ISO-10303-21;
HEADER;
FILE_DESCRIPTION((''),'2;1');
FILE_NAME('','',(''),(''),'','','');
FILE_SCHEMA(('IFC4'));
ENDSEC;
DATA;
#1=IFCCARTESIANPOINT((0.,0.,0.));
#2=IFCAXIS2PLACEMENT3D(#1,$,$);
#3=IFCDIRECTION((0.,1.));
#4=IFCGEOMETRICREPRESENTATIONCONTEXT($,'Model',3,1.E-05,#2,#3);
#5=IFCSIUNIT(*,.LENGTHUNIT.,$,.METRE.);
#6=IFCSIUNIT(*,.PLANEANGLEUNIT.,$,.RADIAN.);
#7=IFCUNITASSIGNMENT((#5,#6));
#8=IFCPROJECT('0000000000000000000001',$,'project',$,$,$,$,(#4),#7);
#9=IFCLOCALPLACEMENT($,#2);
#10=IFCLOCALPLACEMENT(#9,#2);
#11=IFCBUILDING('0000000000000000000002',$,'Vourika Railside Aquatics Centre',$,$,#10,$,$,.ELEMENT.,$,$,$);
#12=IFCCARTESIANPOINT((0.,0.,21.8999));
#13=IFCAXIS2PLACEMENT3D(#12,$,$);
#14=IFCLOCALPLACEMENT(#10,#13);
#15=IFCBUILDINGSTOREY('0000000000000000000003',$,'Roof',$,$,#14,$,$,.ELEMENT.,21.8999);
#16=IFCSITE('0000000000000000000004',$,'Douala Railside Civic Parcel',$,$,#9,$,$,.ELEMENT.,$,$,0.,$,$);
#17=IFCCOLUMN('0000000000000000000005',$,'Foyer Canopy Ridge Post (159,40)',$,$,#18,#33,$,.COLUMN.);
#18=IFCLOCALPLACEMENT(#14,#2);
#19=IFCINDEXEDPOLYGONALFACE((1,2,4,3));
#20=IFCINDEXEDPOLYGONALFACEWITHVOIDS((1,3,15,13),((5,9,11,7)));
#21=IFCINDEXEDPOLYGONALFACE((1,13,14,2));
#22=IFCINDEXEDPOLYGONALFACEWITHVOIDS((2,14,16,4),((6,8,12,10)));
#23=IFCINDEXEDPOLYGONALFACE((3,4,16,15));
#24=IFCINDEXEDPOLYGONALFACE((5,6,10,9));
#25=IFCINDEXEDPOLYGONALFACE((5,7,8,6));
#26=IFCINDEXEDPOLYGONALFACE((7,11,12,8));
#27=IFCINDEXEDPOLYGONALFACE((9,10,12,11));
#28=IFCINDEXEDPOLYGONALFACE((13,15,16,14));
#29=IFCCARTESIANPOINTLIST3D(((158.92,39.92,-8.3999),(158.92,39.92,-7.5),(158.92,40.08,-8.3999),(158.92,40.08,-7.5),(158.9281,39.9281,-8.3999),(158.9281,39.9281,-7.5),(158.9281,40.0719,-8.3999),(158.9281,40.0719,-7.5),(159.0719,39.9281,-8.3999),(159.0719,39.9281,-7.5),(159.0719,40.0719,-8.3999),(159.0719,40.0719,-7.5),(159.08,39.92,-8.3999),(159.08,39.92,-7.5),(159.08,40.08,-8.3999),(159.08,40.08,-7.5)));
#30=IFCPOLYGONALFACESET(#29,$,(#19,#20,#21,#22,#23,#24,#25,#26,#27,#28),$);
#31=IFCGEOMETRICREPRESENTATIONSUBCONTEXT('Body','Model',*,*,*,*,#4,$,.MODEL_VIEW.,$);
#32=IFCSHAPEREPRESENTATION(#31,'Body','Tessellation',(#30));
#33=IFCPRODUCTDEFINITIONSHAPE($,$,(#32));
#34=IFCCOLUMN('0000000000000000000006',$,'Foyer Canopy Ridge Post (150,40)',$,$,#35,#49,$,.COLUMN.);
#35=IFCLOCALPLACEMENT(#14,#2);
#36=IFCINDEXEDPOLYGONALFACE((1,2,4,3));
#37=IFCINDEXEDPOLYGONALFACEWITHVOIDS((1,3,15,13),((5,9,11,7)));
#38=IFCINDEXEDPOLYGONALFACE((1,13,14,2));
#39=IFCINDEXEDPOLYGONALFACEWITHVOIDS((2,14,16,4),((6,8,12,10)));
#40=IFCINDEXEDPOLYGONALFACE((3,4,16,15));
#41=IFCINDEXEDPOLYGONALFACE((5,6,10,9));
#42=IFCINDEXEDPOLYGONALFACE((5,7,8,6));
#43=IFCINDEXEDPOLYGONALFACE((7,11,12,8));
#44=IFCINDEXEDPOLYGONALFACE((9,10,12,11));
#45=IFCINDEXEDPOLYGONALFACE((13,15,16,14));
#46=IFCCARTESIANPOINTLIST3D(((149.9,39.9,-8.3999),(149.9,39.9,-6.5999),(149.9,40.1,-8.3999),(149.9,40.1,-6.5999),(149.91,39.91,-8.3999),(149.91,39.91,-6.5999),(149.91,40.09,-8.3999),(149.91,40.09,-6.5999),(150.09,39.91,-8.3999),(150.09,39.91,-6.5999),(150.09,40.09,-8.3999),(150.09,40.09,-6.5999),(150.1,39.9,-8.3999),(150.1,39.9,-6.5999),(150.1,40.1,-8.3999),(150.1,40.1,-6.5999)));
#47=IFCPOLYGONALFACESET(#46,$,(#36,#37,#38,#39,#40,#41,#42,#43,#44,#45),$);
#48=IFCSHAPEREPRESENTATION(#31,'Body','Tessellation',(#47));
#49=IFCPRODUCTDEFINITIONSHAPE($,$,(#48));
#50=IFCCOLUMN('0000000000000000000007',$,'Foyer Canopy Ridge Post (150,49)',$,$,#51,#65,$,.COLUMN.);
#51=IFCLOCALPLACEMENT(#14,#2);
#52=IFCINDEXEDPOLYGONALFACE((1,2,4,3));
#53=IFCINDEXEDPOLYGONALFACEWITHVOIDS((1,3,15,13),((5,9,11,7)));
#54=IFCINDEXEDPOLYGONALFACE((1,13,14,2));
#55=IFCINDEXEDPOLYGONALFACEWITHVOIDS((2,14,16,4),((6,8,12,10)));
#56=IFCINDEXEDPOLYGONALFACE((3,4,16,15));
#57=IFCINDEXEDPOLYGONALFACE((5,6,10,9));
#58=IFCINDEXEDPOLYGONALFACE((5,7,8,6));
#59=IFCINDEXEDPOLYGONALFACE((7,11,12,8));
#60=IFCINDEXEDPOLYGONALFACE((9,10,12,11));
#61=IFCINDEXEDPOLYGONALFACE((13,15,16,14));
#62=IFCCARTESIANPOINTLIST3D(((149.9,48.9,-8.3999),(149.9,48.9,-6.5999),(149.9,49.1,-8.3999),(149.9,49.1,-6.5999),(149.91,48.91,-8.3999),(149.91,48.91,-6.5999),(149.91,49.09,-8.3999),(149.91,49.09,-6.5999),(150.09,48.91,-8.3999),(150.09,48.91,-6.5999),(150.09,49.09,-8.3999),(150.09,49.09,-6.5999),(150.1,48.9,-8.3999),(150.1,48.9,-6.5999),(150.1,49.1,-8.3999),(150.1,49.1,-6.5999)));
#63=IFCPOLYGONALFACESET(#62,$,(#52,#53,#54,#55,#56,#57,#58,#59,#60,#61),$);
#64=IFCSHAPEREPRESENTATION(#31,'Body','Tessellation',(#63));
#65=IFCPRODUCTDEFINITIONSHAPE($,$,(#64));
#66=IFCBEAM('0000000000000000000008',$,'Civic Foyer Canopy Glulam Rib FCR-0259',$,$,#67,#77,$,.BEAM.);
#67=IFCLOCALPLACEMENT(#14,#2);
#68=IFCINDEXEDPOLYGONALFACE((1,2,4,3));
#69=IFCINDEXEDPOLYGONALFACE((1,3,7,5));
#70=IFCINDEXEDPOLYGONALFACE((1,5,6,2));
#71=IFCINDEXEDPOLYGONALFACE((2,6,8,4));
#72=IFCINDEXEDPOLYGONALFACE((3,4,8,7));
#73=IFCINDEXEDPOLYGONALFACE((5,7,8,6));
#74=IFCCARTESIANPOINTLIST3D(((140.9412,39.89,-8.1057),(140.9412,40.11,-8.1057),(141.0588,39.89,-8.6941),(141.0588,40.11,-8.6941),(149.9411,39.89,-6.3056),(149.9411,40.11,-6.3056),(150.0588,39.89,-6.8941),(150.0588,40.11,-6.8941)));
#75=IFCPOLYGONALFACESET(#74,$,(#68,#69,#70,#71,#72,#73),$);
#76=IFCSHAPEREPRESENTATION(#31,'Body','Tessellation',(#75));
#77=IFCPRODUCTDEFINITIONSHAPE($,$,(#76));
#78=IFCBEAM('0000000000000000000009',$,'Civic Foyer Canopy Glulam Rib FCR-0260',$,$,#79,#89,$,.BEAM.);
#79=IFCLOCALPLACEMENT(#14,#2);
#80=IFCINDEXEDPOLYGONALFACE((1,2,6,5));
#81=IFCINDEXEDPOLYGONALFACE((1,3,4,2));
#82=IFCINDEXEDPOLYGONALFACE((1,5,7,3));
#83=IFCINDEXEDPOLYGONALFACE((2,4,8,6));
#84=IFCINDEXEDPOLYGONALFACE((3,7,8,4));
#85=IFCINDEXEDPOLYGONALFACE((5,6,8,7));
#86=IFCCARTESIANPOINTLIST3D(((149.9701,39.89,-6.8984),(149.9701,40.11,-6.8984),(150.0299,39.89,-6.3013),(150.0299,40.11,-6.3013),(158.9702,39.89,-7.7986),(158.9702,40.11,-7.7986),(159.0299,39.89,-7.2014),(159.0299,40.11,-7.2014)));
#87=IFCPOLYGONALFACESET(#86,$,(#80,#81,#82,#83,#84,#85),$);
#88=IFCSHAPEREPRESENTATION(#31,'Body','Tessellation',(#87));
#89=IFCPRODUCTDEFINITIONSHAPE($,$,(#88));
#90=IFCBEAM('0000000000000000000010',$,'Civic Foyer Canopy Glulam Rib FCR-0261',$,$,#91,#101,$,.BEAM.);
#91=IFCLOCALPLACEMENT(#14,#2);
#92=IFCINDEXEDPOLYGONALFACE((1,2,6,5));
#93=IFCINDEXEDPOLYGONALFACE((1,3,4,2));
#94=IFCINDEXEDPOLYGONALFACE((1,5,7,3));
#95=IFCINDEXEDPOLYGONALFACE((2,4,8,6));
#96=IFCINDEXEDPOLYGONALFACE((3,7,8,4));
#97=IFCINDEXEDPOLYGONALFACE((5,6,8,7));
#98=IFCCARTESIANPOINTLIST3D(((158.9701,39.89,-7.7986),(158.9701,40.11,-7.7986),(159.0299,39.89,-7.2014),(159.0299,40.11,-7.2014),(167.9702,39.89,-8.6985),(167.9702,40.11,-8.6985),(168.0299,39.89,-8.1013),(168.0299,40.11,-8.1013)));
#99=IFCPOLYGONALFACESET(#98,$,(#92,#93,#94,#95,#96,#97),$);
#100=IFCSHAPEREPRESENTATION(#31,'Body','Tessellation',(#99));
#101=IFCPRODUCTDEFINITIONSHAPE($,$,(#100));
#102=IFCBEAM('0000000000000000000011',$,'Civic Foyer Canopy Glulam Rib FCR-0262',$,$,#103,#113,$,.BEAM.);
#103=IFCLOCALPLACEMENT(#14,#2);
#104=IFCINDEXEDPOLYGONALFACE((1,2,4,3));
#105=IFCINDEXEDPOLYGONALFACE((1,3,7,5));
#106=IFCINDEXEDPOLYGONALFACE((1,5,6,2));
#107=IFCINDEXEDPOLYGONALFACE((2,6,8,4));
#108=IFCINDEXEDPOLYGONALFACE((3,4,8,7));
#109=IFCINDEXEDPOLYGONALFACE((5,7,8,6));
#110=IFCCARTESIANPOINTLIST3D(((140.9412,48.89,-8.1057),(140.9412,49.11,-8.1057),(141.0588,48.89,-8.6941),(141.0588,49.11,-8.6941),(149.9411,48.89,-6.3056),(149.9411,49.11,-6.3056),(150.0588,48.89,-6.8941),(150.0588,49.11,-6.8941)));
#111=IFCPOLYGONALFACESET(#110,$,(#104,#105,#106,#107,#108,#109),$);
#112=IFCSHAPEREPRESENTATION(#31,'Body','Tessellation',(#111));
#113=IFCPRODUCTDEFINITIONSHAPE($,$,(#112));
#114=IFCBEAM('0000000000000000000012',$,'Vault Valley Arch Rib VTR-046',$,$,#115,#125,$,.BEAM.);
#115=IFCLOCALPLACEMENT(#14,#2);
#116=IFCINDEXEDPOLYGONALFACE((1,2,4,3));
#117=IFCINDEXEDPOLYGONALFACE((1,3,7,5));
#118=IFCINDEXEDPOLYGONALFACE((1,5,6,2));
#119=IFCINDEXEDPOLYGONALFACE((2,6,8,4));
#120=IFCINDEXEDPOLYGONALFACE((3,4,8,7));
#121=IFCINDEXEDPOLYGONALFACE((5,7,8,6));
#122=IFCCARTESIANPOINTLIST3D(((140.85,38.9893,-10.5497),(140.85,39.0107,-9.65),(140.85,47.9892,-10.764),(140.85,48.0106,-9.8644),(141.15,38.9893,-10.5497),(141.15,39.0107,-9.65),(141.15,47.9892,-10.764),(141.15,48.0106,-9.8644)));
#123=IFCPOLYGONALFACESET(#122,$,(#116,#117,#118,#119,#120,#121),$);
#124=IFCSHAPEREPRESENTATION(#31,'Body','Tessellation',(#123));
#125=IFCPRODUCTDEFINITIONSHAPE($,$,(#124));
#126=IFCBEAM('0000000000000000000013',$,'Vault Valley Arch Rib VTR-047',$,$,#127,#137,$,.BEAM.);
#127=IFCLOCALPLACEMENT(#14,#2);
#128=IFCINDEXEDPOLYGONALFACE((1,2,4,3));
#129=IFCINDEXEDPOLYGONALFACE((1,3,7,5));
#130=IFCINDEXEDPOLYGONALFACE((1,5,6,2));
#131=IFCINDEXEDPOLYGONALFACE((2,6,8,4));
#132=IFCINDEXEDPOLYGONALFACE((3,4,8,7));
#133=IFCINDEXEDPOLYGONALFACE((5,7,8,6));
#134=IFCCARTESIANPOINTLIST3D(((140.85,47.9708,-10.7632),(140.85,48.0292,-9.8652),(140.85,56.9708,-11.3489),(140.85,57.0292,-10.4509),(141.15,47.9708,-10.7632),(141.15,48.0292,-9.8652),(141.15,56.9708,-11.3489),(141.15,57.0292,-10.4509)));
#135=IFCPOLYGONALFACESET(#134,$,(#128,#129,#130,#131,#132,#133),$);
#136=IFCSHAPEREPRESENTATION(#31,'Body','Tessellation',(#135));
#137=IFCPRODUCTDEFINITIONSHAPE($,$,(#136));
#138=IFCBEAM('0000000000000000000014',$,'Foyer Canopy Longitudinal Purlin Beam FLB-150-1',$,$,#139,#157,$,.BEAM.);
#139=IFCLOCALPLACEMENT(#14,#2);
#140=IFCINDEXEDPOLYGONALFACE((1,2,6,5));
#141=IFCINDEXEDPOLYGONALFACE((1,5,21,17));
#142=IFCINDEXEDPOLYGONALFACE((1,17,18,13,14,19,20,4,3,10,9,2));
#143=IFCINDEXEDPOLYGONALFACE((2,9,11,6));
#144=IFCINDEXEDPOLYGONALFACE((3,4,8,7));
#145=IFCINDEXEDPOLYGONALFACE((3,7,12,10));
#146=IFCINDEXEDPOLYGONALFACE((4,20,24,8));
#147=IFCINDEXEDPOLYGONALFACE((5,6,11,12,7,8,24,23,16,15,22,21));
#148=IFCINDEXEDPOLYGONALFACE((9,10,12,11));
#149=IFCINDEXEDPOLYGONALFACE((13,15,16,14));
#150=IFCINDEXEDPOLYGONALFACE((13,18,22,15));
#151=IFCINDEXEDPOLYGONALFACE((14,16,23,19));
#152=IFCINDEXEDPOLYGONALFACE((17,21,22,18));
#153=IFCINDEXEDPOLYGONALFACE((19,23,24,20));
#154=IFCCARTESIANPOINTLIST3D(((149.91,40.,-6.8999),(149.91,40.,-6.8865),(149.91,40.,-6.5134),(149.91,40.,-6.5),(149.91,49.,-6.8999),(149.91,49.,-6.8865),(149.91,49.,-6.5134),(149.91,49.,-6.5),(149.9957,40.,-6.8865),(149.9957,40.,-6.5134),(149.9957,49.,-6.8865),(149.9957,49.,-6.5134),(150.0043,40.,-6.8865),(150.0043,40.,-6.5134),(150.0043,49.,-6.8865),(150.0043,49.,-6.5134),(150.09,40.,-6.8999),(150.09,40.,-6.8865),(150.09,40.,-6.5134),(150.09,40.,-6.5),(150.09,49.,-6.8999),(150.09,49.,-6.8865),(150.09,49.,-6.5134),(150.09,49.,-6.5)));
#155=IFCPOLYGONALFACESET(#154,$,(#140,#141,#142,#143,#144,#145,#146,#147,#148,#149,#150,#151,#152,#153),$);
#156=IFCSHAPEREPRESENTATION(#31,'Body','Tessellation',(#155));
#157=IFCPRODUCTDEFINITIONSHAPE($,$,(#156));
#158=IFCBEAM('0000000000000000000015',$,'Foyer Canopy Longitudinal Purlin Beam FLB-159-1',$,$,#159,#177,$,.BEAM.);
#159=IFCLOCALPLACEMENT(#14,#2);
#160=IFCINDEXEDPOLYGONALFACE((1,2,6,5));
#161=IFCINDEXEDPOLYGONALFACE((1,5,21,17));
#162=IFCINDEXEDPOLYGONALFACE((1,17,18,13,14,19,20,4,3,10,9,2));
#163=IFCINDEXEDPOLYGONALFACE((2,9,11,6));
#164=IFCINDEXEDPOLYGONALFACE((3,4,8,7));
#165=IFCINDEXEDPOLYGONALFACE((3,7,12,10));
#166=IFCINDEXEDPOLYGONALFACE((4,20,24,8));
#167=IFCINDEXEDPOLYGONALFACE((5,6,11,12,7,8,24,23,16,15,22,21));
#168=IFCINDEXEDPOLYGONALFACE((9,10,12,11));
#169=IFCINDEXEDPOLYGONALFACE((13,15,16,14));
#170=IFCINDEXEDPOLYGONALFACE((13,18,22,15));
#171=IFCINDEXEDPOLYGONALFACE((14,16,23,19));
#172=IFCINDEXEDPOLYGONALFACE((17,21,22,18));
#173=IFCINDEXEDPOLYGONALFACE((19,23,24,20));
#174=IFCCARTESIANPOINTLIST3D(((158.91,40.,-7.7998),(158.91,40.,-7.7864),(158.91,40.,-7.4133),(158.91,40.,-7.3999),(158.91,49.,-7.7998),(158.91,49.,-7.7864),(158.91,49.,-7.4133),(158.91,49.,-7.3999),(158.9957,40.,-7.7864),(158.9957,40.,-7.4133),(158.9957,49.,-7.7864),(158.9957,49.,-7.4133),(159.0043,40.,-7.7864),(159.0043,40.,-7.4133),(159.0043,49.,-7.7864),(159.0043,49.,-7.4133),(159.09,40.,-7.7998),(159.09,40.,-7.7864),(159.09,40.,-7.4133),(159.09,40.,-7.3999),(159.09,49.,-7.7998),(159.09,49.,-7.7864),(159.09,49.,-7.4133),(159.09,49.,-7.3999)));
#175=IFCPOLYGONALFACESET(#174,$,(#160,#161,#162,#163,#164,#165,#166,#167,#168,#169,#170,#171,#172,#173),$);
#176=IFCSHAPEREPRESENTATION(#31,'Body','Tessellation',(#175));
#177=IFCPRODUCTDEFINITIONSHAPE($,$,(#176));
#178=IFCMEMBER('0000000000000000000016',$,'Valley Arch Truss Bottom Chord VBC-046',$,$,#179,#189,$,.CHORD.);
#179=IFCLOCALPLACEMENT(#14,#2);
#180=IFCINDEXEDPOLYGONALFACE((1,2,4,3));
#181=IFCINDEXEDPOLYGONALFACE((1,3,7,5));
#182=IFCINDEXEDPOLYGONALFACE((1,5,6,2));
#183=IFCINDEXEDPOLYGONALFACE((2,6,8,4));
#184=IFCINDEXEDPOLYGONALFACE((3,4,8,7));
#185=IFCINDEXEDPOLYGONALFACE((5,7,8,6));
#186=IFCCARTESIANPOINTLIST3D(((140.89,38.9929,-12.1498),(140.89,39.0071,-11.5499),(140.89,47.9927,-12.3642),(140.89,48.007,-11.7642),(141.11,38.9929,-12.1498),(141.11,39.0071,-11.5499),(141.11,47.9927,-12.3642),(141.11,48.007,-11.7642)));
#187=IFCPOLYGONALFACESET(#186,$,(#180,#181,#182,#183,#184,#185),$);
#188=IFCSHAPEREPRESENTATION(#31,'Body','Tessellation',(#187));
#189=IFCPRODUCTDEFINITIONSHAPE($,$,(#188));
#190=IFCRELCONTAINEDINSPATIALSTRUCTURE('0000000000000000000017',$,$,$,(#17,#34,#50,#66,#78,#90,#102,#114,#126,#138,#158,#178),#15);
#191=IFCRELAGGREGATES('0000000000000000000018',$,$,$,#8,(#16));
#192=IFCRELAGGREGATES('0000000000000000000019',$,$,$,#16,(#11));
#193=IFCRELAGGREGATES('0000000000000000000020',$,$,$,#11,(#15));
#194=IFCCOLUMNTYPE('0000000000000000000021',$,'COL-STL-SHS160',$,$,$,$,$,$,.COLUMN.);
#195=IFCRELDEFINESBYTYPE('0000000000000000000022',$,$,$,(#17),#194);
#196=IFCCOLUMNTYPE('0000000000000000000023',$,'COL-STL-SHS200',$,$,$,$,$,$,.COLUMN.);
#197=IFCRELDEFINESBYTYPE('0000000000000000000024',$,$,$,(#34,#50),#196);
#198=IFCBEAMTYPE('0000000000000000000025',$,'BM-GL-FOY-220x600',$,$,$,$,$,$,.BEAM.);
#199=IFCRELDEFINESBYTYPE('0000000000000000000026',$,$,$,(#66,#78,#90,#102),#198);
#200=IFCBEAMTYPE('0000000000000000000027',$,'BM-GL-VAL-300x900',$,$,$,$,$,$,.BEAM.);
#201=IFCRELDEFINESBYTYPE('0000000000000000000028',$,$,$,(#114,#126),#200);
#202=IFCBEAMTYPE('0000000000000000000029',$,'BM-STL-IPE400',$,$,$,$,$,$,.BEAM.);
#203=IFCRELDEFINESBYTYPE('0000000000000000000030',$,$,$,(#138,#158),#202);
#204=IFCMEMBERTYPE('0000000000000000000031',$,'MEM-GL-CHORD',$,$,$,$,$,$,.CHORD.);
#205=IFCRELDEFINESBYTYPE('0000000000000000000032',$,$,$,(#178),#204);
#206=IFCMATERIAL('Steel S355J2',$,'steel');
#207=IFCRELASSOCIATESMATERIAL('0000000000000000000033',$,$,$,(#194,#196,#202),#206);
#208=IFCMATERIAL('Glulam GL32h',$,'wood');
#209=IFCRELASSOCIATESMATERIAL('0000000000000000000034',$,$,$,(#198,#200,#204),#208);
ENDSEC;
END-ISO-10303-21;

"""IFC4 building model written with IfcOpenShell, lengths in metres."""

from ifc_helpers import new_model, si_unit, direction, frame, origin, origin_2d, place, context, subcontext, project, spatial, rectangle, hollow_rectangle, i_section, extrude, material, material_profile, profile_set, type_object, element, save


model = new_model("IFC4")

# Units and contexts
model_context = context("Model", 3, precision=1e-05, world=origin(), true_north=direction((0.0, 1.0)))
body_context = subcontext(model_context, "Body", "Model", "MODEL_VIEW")
ifc_project = project(units=[si_unit("LENGTHUNIT", "METRE"), si_unit("PLANEANGLEUNIT", "RADIAN")], contexts=[model_context])

# Site, building, storey
site_placement = place(None, origin())
site = spatial("IfcSite", under=ifc_project, at=site_placement, Name="Douala Railside Civic Parcel", CompositionType="ELEMENT", RefElevation=0.0)
building_placement = place(site_placement, origin())
building = spatial("IfcBuilding", under=site, at=building_placement, Name="Vourika Railside Aquatics Centre", CompositionType="ELEMENT")
storey_placement = place(building_placement, frame((0.0, 0.0, 21.8999)))
storey = spatial("IfcBuildingStorey", under=building, at=storey_placement, Name="Roof", CompositionType="ELEMENT", Elevation=21.8999)

# Columns
ifc_material_1 = material(Name="Steel S355J2", Category="steel")
ifc_material_profile_1 = material_profile(ifc_material_1, hollow_rectangle(XDim=0.1599, YDim=0.1599, WallThickness=0.0081, at=origin_2d()), Name="SHS 160x160x8")
ifc_profile_set_1 = profile_set([ifc_material_profile_1], Name="Steel S355J2")
column_type_1 = type_object("IfcColumnType", Name="COL-STL-SHS160", PredefinedType="COLUMN", material=ifc_profile_set_1)
column_placement = place(storey_placement, frame((159.0, 40.0, -8.3999), z_axis=(0.0, 0.0, 1.0), x_axis=(1.0, 0.0, 0.0)))
element("IfcColumn", 1, at=column_placement, inside=storey, type_object=column_type_1, Name="Foyer Canopy Ridge Post (159,40)", PredefinedType="COLUMN", context=body_context, shape_type="SweptSolid", body=[
    extrude(hollow_rectangle(XDim=0.1599, YDim=0.1599, WallThickness=0.0081, at=origin_2d()), origin(), (0.0, 0.0, 1.0), 0.8999),
])
ifc_material_profile_2 = material_profile(ifc_material_1, hollow_rectangle(XDim=0.2, YDim=0.2, WallThickness=0.01, at=origin_2d()), Name="SHS 200x200x10")
ifc_profile_set_2 = profile_set([ifc_material_profile_2], Name="Steel S355J2")
column_type_2 = type_object("IfcColumnType", Name="COL-STL-SHS200", PredefinedType="COLUMN", material=ifc_profile_set_2)
for number, where, z_axis, x_axis, name in (
    (2, (150.0, 40.0, -8.3999), (0.0, 0.0, 1.0), (1.0, 0.0, 0.0), "Foyer Canopy Ridge Post (150,40)"),
    (3, (150.0, 49.0, -8.3999), (0.0, 0.0, 1.0), (1.0, 0.0, 0.0), "Foyer Canopy Ridge Post (150,49)"),
):
    element("IfcColumn", number, at=place(storey_placement, frame(where, z_axis=z_axis, x_axis=x_axis)), inside=storey, type_object=column_type_2, Name=name, PredefinedType="COLUMN", context=body_context, shape_type="SweptSolid", body=[
        extrude(hollow_rectangle(XDim=0.2, YDim=0.2, WallThickness=0.01, at=origin_2d()), origin(), (0.0, 0.0, 1.0), 1.8),
    ])

# Beams
ifc_material_2 = material(Name="Glulam GL32h", Category="wood")
ifc_material_profile_3 = material_profile(ifc_material_2, rectangle(XDim=0.22, YDim=0.6001, at=origin_2d()), Name="GL32h 220x600")
ifc_profile_set_3 = profile_set([ifc_material_profile_3], Name="Glulam GL32h")
beam_type_1 = type_object("IfcBeamType", Name="BM-GL-FOY-220x600", PredefinedType="BEAM", material=ifc_profile_set_3)
beam_1_placement = place(storey_placement, frame((141.0, 40.0, -8.3999), z_axis=(0.98058, 0.0, 0.196121), x_axis=(0.0, 1.0, 0.0)))
element("IfcBeam", 4, at=beam_1_placement, inside=storey, type_object=beam_type_1, Name="Civic Foyer Canopy Glulam Rib FCR-0259", PredefinedType="BEAM", context=body_context, shape_type="SweptSolid", body=[
    extrude(rectangle(XDim=0.22, YDim=0.6001, at=origin_2d()), origin(), (0.0, 0.0, 1.0), 9.1782),
])
for number, where, z_axis, x_axis, name in (
    (5, (150.0, 40.0, -6.5999), (0.995036, 0.0, -0.09952), (0.0, 1.0, 0.0), "Civic Foyer Canopy Glulam Rib FCR-0260"),
    (6, (159.0, 40.0, -7.5), (0.995038, 0.0, -0.099493), (0.0, 1.0, 0.0), "Civic Foyer Canopy Glulam Rib FCR-0261"),
):
    element("IfcBeam", number, at=place(storey_placement, frame(where, z_axis=z_axis, x_axis=x_axis)), inside=storey, type_object=beam_type_1, Name=name, PredefinedType="BEAM", context=body_context, shape_type="SweptSolid", body=[
        extrude(rectangle(XDim=0.22, YDim=0.6001, at=origin_2d()), origin(), (0.0, 0.0, 1.0), 9.0449),
    ])
beam_2_placement = place(storey_placement, frame((141.0, 49.0, -8.3999), z_axis=(0.98058, 0.0, 0.196121), x_axis=(0.0, 1.0, 0.0)))
element("IfcBeam", 7, at=beam_2_placement, inside=storey, type_object=beam_type_1, Name="Civic Foyer Canopy Glulam Rib FCR-0262", PredefinedType="BEAM", context=body_context, shape_type="SweptSolid", body=[
    extrude(rectangle(XDim=0.22, YDim=0.6001, at=origin_2d()), origin(), (0.0, 0.0, 1.0), 9.1782),
])
ifc_material_profile_4 = material_profile(ifc_material_2, rectangle(XDim=0.3, YDim=0.8999, at=origin_2d()), Name="GL32h 300x900")
ifc_profile_set_4 = profile_set([ifc_material_profile_4], Name="Glulam GL32h")
beam_type_2 = type_object("IfcBeamType", Name="BM-GL-VAL-300x900", PredefinedType="BEAM", material=ifc_profile_set_4)
beam_3_placement = place(storey_placement, frame((141.0, 39.0, -10.0999), z_axis=(0.0, 0.999716, -0.023811), x_axis=(-1.0, 0.0, 0.0)))
element("IfcBeam", 8, at=beam_3_placement, inside=storey, type_object=beam_type_2, Name="Vault Valley Arch Rib VTR-046", PredefinedType="BEAM", context=body_context, shape_type="SweptSolid", body=[
    extrude(rectangle(XDim=0.3, YDim=0.8999, at=origin_2d()), origin(), (0.0, 0.0, 1.0), 9.0024),
])
beam_4_placement = place(storey_placement, frame((141.0, 48.0, -10.3142), z_axis=(0.0, 0.997889, -0.06494), x_axis=(-1.0, 0.0, 0.0)))
element("IfcBeam", 9, at=beam_4_placement, inside=storey, type_object=beam_type_2, Name="Vault Valley Arch Rib VTR-047", PredefinedType="BEAM", context=body_context, shape_type="SweptSolid", body=[
    extrude(rectangle(XDim=0.3, YDim=0.8999, at=origin_2d()), origin(), (0.0, 0.0, 1.0), 9.019),
])
ifc_material_profile_5 = material_profile(ifc_material_1, i_section(OverallWidth=0.1799, OverallDepth=0.3999, WebThickness=0.0085, FlangeThickness=0.0134, at=origin_2d()), Name="IPE 400")
ifc_profile_set_5 = profile_set([ifc_material_profile_5], Name="Steel S355J2")
beam_type_3 = type_object("IfcBeamType", Name="BM-STL-IPE400", PredefinedType="BEAM", material=ifc_profile_set_5)
for number, where, z_axis, x_axis, name in (
    (10, (150.0, 40.0, -6.7), (0.0, 1.0, 0.0), (-1.0, 0.0, 0.0), "Foyer Canopy Longitudinal Purlin Beam FLB-150-1"),
    (11, (159.0, 40.0, -7.5999), (0.0, 1.0, 0.0), (-1.0, 0.0, 0.0), "Foyer Canopy Longitudinal Purlin Beam FLB-159-1"),
):
    element("IfcBeam", number, at=place(storey_placement, frame(where, z_axis=z_axis, x_axis=x_axis)), inside=storey, type_object=beam_type_3, Name=name, PredefinedType="BEAM", context=body_context, shape_type="SweptSolid", body=[
        extrude(i_section(OverallWidth=0.1799, OverallDepth=0.3999, WebThickness=0.0085, FlangeThickness=0.0134, at=origin_2d()), origin(), (0.0, 0.0, 1.0), 9.0),
    ])

# Member
ifc_material_profile_6 = material_profile(ifc_material_2, rectangle(XDim=0.22, YDim=0.6001, at=origin_2d()), Name="GL32h 220x600")
ifc_profile_set_6 = profile_set([ifc_material_profile_6], Name="Glulam GL32h")
member_type_1 = type_object("IfcMemberType", Name="MEM-GL-CHORD", PredefinedType="CHORD", material=ifc_profile_set_6)
member_1_placement = place(storey_placement, frame((141.0, 39.0, -11.8499), z_axis=(0.0, 0.999716, -0.023811), x_axis=(-1.0, 0.0, 0.0)))
element("IfcMember", 12, at=member_1_placement, inside=storey, type_object=member_type_1, Name="Valley Arch Truss Bottom Chord VBC-046", PredefinedType="CHORD", context=body_context, shape_type="SweptSolid", body=[
    extrude(rectangle(XDim=0.22, YDim=0.6001, at=origin_2d()), origin(), (0.0, 0.0, 1.0), 9.0024),
])

save(model, "model.ifc")
